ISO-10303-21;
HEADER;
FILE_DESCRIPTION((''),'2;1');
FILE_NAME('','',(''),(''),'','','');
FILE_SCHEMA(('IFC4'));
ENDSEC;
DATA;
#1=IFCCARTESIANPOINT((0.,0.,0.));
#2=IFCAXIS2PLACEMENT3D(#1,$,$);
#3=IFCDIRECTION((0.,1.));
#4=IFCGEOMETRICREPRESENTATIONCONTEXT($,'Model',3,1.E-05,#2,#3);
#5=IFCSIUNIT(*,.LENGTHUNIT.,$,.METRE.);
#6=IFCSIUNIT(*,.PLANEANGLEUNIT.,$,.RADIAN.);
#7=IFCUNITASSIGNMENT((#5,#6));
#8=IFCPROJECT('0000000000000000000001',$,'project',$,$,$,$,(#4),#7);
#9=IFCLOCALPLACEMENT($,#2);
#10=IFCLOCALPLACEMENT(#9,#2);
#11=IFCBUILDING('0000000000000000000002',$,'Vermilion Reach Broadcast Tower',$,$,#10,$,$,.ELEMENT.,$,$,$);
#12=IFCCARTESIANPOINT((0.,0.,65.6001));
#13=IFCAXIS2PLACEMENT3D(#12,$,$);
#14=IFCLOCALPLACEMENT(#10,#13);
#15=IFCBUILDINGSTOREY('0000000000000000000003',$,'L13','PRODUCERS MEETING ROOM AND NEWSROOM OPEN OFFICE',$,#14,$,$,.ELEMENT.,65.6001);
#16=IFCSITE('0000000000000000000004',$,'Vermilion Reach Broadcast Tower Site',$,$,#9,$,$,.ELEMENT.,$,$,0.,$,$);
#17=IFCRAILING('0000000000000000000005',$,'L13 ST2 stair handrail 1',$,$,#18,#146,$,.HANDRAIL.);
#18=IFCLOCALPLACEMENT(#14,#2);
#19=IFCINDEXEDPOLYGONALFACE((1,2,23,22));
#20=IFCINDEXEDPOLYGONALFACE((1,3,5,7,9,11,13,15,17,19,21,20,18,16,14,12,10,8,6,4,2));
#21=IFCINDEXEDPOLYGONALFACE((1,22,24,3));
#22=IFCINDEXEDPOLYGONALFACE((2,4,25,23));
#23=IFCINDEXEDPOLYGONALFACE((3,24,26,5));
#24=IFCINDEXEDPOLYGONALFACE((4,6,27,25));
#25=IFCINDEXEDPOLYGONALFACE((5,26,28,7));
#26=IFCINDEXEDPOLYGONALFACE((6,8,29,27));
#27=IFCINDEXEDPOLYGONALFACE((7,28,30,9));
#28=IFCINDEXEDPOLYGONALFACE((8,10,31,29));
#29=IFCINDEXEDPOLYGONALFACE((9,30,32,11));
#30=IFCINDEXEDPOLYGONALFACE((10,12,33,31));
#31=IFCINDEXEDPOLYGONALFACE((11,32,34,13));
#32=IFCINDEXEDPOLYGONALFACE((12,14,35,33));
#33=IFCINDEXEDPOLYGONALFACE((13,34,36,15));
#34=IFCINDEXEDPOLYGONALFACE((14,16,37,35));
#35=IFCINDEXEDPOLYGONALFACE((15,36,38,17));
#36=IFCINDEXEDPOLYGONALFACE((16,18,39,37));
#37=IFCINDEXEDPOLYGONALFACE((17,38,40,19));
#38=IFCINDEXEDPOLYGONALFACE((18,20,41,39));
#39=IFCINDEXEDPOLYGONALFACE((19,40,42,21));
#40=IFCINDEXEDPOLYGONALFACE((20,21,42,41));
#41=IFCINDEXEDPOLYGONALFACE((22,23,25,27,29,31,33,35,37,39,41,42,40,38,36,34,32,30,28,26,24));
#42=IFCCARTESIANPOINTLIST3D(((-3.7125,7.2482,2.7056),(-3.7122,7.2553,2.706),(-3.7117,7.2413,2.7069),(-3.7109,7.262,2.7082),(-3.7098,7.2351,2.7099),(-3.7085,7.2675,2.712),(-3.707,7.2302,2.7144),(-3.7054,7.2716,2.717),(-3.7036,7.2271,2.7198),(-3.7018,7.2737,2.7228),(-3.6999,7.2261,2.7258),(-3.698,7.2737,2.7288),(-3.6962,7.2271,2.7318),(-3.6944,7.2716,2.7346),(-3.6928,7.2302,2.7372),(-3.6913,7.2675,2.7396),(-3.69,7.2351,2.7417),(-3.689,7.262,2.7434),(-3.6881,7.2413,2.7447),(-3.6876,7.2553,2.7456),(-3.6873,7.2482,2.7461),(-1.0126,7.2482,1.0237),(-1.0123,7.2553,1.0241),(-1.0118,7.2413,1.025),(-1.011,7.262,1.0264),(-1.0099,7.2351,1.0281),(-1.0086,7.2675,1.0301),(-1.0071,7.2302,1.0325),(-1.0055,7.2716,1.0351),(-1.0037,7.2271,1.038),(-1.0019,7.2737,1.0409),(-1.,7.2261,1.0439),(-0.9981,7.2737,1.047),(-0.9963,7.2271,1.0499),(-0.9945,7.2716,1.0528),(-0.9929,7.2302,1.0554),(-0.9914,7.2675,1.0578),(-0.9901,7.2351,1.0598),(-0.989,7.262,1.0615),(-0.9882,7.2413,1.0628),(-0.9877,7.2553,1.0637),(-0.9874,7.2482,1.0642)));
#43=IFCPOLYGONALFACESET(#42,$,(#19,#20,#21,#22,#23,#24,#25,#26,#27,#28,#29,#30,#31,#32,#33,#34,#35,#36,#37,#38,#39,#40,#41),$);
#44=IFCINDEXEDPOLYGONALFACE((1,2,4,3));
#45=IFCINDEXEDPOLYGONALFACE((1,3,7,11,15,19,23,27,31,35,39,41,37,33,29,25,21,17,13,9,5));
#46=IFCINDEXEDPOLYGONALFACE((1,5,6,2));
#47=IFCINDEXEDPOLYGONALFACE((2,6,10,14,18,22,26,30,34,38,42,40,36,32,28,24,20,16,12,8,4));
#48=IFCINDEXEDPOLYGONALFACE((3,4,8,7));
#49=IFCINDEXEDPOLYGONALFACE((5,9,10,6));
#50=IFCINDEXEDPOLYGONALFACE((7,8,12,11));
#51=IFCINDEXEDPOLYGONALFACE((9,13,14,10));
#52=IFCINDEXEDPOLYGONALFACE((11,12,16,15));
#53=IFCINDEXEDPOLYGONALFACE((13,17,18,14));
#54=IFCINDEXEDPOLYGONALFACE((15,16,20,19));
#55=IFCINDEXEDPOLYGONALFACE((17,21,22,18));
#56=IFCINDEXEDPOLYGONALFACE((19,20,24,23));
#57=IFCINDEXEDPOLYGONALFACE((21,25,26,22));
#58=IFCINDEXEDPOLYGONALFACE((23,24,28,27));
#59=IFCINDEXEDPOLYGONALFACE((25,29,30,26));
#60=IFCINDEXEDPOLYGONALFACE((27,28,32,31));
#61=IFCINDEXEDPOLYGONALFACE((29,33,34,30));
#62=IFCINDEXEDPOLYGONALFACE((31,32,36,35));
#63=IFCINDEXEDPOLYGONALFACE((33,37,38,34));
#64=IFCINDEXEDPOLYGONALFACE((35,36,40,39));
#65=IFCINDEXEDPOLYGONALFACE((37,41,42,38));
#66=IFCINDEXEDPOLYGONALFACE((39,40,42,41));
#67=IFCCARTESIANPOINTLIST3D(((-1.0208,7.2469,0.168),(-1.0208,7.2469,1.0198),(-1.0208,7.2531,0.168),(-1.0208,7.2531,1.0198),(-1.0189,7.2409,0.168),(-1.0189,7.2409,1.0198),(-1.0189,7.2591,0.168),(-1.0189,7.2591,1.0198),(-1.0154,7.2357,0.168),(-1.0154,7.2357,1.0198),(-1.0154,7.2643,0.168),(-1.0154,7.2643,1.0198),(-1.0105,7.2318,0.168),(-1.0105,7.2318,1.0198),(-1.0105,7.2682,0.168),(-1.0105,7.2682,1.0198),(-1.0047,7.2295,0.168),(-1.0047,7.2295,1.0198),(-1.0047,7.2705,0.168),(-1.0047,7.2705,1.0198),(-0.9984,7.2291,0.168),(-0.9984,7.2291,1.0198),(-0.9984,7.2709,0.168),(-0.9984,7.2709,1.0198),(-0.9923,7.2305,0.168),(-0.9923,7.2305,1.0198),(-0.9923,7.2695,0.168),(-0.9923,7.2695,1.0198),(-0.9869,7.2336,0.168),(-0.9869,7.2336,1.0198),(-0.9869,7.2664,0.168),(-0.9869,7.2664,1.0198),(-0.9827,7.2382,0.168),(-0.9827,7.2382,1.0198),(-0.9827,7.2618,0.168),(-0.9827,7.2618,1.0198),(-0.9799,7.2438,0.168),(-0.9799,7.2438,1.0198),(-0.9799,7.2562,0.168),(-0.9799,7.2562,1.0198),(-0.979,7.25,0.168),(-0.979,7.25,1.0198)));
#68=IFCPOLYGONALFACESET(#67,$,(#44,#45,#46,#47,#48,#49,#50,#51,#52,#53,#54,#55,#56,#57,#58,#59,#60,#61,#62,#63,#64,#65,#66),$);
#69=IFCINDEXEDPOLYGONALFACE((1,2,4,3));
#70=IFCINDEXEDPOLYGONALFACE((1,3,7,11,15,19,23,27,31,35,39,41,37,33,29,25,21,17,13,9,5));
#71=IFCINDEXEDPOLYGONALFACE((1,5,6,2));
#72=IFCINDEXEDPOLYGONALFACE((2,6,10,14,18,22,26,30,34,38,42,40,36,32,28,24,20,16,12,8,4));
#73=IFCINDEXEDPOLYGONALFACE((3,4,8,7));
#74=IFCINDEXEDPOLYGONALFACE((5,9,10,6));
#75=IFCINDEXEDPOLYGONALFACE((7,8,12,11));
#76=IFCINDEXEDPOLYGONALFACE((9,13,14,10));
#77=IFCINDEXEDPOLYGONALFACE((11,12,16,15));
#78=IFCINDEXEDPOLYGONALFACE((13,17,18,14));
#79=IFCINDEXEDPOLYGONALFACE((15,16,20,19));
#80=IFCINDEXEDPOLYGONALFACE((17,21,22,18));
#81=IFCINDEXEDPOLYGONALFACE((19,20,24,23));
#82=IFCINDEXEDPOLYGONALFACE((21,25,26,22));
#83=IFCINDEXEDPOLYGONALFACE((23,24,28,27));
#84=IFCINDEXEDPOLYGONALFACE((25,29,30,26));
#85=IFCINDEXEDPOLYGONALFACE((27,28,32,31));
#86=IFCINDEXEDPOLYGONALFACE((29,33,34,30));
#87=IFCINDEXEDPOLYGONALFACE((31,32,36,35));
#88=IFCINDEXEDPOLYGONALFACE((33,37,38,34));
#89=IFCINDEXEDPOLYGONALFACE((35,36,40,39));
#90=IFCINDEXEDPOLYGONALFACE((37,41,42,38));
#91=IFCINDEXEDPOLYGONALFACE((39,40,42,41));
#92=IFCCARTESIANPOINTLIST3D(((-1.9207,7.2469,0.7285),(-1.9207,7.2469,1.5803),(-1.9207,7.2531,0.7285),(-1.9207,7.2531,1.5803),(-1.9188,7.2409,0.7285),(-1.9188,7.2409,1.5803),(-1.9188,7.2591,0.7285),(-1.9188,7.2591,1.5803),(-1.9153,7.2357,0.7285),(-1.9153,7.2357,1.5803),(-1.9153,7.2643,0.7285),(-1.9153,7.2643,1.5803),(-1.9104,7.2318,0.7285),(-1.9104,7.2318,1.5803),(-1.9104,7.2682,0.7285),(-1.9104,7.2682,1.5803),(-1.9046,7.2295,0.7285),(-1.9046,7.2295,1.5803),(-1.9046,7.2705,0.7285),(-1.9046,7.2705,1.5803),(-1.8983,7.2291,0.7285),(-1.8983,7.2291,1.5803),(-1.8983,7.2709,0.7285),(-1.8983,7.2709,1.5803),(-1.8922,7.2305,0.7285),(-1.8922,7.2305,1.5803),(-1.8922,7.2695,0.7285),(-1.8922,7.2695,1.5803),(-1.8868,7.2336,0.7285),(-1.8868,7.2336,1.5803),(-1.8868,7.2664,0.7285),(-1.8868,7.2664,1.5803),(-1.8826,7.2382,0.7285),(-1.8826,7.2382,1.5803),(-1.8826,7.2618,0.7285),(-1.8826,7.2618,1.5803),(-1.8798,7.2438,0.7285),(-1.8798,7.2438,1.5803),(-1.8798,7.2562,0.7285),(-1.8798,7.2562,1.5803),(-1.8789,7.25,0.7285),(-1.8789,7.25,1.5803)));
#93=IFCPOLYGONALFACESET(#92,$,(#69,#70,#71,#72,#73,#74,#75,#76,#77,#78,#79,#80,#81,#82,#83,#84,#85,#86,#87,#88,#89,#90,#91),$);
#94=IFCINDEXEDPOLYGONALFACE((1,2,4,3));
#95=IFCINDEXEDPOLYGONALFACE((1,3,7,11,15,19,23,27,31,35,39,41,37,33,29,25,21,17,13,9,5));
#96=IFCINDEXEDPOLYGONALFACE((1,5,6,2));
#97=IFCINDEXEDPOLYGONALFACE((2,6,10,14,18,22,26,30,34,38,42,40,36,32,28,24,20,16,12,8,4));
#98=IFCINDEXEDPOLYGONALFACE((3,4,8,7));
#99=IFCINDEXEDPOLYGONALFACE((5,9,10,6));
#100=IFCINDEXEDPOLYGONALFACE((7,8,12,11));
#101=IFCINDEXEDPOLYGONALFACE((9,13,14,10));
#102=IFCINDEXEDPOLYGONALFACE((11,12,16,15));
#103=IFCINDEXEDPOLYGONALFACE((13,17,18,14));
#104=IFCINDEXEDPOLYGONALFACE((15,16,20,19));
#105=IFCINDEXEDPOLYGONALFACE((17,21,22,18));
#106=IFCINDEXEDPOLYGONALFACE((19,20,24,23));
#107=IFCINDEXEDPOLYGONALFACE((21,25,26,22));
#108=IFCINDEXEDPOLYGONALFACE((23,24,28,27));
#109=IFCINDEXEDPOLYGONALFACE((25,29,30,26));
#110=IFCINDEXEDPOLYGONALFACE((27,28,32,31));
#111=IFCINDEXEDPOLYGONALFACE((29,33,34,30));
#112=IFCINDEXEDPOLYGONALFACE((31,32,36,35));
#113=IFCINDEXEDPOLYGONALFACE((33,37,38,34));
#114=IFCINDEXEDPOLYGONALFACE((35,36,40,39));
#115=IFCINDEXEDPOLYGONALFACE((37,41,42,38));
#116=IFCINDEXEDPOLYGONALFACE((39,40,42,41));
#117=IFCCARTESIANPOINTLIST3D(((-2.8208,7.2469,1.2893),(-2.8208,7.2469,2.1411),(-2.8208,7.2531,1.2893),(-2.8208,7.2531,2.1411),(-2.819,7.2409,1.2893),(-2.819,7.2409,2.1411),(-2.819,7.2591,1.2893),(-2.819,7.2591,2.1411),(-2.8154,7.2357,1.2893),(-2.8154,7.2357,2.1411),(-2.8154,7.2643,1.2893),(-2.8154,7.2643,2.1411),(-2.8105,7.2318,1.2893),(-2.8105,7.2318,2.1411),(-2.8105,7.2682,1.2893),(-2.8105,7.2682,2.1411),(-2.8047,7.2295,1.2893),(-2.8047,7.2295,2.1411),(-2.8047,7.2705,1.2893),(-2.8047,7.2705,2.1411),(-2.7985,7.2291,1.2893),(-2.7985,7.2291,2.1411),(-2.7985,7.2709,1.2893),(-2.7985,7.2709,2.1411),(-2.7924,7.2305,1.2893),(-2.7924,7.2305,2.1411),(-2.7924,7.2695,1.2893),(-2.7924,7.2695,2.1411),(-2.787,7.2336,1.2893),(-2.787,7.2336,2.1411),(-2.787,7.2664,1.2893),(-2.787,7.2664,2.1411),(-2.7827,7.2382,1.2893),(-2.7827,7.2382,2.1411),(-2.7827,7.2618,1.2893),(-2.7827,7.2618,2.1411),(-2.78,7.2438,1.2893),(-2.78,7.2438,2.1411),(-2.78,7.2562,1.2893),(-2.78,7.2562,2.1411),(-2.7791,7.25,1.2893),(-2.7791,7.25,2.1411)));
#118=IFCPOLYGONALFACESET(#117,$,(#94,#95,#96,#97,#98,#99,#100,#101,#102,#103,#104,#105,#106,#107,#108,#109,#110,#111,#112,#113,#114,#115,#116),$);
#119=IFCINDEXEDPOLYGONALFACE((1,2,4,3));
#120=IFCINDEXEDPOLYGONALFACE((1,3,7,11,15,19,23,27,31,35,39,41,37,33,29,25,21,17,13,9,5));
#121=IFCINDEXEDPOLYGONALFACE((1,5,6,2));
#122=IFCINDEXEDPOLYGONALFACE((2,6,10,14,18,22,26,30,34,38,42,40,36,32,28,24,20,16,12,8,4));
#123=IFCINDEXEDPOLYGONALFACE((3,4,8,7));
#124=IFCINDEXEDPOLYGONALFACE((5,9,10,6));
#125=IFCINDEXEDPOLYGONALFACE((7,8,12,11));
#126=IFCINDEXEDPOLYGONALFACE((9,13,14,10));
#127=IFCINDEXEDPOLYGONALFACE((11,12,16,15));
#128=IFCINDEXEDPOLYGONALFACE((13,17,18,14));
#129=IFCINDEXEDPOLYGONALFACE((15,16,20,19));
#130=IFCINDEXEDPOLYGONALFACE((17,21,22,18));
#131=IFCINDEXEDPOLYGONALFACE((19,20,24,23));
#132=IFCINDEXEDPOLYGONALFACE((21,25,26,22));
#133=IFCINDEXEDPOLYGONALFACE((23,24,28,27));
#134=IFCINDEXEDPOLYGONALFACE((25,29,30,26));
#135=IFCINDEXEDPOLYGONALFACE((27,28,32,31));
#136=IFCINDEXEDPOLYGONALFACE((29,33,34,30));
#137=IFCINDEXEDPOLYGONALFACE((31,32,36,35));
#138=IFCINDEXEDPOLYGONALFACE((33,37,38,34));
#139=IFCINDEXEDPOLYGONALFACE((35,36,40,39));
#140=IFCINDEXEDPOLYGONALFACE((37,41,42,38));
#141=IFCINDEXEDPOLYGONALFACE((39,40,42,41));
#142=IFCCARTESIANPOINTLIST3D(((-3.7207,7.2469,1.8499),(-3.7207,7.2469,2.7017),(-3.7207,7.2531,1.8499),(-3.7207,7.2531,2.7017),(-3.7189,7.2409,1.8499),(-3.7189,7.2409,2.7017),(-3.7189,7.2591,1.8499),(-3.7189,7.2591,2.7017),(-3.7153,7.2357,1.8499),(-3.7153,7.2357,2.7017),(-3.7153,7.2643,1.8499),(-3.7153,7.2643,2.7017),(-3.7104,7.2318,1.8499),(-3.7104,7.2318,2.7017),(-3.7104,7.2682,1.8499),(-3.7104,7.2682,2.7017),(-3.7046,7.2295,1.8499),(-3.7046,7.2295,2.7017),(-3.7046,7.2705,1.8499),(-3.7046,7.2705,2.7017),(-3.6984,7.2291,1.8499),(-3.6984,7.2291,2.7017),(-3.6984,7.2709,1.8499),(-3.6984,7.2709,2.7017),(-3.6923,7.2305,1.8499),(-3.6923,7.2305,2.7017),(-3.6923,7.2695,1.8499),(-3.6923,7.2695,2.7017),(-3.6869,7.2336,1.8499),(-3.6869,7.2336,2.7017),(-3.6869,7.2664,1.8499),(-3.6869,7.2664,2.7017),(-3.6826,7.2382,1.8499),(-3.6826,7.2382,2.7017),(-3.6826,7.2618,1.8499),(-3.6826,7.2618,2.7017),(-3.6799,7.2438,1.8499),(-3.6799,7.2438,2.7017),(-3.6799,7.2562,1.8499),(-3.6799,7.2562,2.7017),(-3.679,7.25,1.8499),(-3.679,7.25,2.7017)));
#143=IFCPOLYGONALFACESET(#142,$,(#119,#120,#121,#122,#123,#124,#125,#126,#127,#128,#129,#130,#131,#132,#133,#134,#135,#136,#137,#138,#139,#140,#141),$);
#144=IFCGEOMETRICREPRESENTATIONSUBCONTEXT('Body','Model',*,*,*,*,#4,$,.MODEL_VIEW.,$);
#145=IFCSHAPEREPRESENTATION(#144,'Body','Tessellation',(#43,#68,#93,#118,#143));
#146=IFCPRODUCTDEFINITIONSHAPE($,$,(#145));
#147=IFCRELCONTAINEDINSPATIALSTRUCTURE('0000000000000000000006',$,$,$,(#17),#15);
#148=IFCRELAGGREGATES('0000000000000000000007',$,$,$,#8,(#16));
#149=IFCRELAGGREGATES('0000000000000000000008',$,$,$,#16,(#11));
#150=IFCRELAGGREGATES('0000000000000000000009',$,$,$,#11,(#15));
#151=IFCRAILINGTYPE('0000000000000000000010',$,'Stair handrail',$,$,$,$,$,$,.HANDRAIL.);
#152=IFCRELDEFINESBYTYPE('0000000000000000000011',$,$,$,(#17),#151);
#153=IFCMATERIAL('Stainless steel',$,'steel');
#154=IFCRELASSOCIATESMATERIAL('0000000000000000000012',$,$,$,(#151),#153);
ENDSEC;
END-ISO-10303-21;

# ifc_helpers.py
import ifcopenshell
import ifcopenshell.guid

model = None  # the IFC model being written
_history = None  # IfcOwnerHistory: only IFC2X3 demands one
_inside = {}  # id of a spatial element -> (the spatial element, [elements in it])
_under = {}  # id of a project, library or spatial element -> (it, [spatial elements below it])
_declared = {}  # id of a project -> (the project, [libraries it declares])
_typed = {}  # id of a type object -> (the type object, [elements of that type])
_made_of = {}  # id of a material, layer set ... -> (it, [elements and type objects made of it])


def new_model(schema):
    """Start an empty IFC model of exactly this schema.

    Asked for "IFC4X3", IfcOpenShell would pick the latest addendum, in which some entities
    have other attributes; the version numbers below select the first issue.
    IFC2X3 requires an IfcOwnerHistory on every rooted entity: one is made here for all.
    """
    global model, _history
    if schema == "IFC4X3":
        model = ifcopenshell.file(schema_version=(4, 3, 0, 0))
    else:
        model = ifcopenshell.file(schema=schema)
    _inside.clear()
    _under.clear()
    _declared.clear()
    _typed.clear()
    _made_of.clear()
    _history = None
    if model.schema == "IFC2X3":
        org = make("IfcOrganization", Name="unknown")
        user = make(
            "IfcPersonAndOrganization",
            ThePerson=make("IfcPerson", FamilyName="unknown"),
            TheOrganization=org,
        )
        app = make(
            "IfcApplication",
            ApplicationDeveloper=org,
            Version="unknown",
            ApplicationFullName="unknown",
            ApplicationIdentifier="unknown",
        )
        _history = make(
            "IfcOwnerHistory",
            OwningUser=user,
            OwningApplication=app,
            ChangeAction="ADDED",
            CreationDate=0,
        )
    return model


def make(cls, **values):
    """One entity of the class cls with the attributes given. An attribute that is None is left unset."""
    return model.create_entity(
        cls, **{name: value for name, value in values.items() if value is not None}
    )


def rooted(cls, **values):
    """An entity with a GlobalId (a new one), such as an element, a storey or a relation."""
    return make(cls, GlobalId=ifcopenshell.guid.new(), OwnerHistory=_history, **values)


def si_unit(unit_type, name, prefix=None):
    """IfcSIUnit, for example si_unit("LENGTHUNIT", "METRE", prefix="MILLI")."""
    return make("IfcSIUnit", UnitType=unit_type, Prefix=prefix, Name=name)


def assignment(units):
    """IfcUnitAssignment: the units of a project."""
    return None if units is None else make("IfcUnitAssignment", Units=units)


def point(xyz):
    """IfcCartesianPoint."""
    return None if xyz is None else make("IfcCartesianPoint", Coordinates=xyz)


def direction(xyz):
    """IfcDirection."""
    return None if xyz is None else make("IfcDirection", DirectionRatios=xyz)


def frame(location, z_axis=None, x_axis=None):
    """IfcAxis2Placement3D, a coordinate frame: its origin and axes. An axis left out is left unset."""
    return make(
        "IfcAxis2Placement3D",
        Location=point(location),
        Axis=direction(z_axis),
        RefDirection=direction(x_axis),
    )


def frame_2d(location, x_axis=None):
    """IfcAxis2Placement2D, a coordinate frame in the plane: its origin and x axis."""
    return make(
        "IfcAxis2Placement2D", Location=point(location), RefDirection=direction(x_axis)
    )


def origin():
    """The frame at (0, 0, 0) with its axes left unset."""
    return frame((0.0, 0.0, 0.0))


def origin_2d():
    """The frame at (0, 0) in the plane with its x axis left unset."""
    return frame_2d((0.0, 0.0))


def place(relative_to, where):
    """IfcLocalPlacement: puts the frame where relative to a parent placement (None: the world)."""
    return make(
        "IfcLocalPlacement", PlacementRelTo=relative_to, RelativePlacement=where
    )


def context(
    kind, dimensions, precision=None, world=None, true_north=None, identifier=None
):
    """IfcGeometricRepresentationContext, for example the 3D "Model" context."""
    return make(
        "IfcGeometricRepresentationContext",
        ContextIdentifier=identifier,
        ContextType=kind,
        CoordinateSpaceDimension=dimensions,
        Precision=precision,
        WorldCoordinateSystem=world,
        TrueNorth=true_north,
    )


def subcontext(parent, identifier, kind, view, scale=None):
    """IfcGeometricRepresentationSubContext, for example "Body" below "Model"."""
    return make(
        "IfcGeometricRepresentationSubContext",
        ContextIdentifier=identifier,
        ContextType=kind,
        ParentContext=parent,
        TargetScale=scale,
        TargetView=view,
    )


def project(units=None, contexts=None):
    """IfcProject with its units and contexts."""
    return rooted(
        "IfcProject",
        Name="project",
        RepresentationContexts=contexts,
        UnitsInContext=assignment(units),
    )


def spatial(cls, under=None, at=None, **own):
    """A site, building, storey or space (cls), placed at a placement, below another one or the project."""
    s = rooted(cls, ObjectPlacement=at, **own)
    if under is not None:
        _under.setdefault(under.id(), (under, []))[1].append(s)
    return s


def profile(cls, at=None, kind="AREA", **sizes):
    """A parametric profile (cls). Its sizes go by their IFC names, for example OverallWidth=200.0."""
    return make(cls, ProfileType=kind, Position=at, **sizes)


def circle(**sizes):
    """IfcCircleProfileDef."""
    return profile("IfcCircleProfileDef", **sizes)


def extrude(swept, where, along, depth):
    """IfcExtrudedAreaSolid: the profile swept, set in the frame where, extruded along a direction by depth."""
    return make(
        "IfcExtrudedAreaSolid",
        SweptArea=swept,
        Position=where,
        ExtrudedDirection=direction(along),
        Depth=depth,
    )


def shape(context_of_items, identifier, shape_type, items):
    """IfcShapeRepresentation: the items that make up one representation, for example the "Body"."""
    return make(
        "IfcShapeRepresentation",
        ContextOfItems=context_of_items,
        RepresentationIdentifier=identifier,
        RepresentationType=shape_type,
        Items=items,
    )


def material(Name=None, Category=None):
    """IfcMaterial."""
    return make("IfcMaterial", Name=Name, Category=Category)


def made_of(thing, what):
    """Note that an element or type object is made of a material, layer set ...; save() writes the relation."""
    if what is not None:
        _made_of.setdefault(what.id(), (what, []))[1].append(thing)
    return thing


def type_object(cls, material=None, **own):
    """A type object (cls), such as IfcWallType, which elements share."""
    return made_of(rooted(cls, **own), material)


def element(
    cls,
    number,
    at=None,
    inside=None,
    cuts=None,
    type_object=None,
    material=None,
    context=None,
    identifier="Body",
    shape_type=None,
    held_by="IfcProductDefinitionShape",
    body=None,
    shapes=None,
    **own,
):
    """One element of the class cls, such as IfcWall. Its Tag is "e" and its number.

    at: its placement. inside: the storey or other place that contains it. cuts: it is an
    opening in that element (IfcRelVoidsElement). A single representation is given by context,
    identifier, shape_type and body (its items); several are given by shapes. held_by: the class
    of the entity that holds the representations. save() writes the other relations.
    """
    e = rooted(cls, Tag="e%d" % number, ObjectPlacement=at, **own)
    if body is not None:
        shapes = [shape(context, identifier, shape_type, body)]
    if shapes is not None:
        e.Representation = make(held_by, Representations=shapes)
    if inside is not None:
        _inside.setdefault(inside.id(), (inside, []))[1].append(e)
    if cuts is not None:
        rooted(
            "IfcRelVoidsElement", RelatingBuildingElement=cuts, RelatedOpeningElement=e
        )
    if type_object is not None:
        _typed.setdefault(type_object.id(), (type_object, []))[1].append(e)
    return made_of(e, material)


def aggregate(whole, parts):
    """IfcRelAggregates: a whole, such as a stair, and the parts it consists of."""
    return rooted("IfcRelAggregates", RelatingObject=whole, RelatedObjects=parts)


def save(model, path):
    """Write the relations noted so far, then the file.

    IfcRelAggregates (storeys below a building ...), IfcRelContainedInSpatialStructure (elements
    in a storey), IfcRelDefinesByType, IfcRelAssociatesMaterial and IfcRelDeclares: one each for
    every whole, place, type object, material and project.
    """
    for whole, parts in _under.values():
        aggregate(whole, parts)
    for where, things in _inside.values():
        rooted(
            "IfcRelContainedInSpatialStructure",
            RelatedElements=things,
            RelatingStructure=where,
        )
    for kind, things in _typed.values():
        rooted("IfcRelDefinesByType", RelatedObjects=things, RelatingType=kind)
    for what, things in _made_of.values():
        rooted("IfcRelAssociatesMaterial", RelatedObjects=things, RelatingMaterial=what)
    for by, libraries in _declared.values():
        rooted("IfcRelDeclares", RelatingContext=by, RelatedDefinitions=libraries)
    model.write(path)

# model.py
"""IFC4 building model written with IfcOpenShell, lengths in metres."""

from ifc_helpers import new_model, si_unit, direction, frame, origin, origin_2d, place, context, subcontext, project, spatial, circle, extrude, material, type_object, element, save


model = new_model("IFC4")

# Units and contexts
model_context = context("Model", 3, precision=1e-05, world=origin(), true_north=direction((0.0, 1.0)))
body_context = subcontext(model_context, "Body", "Model", "MODEL_VIEW")
ifc_project = project(units=[si_unit("LENGTHUNIT", "METRE"), si_unit("PLANEANGLEUNIT", "RADIAN")], contexts=[model_context])

# Site, building, storey
site_placement = place(None, origin())
site = spatial("IfcSite", under=ifc_project, at=site_placement, Name="Vermilion Reach Broadcast Tower Site", CompositionType="ELEMENT", RefElevation=0.0)
building_placement = place(site_placement, origin())
building = spatial("IfcBuilding", under=site, at=building_placement, Name="Vermilion Reach Broadcast Tower", CompositionType="ELEMENT")
storey_placement = place(building_placement, frame((0.0, 0.0, 65.6001)))
storey = spatial("IfcBuildingStorey", under=building, at=storey_placement, Name="L13", Description="PRODUCERS MEETING ROOM AND NEWSROOM OPEN OFFICE", CompositionType="ELEMENT", Elevation=65.6001)

# Railing
ifc_material_1 = material(Name="Stainless steel", Category="steel")
railing_type_1 = type_object("IfcRailingType", Name="Stair handrail", PredefinedType="HANDRAIL", material=ifc_material_1)
railing_1_placement = place(storey_placement, frame((-1.0, 7.25, 0.168)))
element("IfcRailing", 1, at=railing_1_placement, inside=storey, type_object=railing_type_1, Name="L13 ST2 stair handrail 1", PredefinedType="HANDRAIL", context=body_context, shape_type="SweptSolid", body=[
    extrude(circle(Radius=0.0239, at=origin_2d()), frame((0.0, 0.0, 0.876), z_axis=(-0.848786, 0.0, 0.528736), x_axis=(0.0, -1.0, 0.0)), (0.0, 0.0, 1.0), 3.1809),
    extrude(circle(Radius=0.021, at=origin_2d()), origin(), (0.0, 0.0, 1.0), 0.8518),
    extrude(circle(Radius=0.021, at=origin_2d()), frame((-0.8999, 0.0, 0.5605)), (0.0, 0.0, 1.0), 0.8518),
    extrude(circle(Radius=0.021, at=origin_2d()), frame((-1.8, 0.0, 1.1213)), (0.0, 0.0, 1.0), 0.8518),
    extrude(circle(Radius=0.021, at=origin_2d()), frame((-2.7, 0.0, 1.6819)), (0.0, 0.0, 1.0), 0.8518),
])

save(model, "model.ifc")
